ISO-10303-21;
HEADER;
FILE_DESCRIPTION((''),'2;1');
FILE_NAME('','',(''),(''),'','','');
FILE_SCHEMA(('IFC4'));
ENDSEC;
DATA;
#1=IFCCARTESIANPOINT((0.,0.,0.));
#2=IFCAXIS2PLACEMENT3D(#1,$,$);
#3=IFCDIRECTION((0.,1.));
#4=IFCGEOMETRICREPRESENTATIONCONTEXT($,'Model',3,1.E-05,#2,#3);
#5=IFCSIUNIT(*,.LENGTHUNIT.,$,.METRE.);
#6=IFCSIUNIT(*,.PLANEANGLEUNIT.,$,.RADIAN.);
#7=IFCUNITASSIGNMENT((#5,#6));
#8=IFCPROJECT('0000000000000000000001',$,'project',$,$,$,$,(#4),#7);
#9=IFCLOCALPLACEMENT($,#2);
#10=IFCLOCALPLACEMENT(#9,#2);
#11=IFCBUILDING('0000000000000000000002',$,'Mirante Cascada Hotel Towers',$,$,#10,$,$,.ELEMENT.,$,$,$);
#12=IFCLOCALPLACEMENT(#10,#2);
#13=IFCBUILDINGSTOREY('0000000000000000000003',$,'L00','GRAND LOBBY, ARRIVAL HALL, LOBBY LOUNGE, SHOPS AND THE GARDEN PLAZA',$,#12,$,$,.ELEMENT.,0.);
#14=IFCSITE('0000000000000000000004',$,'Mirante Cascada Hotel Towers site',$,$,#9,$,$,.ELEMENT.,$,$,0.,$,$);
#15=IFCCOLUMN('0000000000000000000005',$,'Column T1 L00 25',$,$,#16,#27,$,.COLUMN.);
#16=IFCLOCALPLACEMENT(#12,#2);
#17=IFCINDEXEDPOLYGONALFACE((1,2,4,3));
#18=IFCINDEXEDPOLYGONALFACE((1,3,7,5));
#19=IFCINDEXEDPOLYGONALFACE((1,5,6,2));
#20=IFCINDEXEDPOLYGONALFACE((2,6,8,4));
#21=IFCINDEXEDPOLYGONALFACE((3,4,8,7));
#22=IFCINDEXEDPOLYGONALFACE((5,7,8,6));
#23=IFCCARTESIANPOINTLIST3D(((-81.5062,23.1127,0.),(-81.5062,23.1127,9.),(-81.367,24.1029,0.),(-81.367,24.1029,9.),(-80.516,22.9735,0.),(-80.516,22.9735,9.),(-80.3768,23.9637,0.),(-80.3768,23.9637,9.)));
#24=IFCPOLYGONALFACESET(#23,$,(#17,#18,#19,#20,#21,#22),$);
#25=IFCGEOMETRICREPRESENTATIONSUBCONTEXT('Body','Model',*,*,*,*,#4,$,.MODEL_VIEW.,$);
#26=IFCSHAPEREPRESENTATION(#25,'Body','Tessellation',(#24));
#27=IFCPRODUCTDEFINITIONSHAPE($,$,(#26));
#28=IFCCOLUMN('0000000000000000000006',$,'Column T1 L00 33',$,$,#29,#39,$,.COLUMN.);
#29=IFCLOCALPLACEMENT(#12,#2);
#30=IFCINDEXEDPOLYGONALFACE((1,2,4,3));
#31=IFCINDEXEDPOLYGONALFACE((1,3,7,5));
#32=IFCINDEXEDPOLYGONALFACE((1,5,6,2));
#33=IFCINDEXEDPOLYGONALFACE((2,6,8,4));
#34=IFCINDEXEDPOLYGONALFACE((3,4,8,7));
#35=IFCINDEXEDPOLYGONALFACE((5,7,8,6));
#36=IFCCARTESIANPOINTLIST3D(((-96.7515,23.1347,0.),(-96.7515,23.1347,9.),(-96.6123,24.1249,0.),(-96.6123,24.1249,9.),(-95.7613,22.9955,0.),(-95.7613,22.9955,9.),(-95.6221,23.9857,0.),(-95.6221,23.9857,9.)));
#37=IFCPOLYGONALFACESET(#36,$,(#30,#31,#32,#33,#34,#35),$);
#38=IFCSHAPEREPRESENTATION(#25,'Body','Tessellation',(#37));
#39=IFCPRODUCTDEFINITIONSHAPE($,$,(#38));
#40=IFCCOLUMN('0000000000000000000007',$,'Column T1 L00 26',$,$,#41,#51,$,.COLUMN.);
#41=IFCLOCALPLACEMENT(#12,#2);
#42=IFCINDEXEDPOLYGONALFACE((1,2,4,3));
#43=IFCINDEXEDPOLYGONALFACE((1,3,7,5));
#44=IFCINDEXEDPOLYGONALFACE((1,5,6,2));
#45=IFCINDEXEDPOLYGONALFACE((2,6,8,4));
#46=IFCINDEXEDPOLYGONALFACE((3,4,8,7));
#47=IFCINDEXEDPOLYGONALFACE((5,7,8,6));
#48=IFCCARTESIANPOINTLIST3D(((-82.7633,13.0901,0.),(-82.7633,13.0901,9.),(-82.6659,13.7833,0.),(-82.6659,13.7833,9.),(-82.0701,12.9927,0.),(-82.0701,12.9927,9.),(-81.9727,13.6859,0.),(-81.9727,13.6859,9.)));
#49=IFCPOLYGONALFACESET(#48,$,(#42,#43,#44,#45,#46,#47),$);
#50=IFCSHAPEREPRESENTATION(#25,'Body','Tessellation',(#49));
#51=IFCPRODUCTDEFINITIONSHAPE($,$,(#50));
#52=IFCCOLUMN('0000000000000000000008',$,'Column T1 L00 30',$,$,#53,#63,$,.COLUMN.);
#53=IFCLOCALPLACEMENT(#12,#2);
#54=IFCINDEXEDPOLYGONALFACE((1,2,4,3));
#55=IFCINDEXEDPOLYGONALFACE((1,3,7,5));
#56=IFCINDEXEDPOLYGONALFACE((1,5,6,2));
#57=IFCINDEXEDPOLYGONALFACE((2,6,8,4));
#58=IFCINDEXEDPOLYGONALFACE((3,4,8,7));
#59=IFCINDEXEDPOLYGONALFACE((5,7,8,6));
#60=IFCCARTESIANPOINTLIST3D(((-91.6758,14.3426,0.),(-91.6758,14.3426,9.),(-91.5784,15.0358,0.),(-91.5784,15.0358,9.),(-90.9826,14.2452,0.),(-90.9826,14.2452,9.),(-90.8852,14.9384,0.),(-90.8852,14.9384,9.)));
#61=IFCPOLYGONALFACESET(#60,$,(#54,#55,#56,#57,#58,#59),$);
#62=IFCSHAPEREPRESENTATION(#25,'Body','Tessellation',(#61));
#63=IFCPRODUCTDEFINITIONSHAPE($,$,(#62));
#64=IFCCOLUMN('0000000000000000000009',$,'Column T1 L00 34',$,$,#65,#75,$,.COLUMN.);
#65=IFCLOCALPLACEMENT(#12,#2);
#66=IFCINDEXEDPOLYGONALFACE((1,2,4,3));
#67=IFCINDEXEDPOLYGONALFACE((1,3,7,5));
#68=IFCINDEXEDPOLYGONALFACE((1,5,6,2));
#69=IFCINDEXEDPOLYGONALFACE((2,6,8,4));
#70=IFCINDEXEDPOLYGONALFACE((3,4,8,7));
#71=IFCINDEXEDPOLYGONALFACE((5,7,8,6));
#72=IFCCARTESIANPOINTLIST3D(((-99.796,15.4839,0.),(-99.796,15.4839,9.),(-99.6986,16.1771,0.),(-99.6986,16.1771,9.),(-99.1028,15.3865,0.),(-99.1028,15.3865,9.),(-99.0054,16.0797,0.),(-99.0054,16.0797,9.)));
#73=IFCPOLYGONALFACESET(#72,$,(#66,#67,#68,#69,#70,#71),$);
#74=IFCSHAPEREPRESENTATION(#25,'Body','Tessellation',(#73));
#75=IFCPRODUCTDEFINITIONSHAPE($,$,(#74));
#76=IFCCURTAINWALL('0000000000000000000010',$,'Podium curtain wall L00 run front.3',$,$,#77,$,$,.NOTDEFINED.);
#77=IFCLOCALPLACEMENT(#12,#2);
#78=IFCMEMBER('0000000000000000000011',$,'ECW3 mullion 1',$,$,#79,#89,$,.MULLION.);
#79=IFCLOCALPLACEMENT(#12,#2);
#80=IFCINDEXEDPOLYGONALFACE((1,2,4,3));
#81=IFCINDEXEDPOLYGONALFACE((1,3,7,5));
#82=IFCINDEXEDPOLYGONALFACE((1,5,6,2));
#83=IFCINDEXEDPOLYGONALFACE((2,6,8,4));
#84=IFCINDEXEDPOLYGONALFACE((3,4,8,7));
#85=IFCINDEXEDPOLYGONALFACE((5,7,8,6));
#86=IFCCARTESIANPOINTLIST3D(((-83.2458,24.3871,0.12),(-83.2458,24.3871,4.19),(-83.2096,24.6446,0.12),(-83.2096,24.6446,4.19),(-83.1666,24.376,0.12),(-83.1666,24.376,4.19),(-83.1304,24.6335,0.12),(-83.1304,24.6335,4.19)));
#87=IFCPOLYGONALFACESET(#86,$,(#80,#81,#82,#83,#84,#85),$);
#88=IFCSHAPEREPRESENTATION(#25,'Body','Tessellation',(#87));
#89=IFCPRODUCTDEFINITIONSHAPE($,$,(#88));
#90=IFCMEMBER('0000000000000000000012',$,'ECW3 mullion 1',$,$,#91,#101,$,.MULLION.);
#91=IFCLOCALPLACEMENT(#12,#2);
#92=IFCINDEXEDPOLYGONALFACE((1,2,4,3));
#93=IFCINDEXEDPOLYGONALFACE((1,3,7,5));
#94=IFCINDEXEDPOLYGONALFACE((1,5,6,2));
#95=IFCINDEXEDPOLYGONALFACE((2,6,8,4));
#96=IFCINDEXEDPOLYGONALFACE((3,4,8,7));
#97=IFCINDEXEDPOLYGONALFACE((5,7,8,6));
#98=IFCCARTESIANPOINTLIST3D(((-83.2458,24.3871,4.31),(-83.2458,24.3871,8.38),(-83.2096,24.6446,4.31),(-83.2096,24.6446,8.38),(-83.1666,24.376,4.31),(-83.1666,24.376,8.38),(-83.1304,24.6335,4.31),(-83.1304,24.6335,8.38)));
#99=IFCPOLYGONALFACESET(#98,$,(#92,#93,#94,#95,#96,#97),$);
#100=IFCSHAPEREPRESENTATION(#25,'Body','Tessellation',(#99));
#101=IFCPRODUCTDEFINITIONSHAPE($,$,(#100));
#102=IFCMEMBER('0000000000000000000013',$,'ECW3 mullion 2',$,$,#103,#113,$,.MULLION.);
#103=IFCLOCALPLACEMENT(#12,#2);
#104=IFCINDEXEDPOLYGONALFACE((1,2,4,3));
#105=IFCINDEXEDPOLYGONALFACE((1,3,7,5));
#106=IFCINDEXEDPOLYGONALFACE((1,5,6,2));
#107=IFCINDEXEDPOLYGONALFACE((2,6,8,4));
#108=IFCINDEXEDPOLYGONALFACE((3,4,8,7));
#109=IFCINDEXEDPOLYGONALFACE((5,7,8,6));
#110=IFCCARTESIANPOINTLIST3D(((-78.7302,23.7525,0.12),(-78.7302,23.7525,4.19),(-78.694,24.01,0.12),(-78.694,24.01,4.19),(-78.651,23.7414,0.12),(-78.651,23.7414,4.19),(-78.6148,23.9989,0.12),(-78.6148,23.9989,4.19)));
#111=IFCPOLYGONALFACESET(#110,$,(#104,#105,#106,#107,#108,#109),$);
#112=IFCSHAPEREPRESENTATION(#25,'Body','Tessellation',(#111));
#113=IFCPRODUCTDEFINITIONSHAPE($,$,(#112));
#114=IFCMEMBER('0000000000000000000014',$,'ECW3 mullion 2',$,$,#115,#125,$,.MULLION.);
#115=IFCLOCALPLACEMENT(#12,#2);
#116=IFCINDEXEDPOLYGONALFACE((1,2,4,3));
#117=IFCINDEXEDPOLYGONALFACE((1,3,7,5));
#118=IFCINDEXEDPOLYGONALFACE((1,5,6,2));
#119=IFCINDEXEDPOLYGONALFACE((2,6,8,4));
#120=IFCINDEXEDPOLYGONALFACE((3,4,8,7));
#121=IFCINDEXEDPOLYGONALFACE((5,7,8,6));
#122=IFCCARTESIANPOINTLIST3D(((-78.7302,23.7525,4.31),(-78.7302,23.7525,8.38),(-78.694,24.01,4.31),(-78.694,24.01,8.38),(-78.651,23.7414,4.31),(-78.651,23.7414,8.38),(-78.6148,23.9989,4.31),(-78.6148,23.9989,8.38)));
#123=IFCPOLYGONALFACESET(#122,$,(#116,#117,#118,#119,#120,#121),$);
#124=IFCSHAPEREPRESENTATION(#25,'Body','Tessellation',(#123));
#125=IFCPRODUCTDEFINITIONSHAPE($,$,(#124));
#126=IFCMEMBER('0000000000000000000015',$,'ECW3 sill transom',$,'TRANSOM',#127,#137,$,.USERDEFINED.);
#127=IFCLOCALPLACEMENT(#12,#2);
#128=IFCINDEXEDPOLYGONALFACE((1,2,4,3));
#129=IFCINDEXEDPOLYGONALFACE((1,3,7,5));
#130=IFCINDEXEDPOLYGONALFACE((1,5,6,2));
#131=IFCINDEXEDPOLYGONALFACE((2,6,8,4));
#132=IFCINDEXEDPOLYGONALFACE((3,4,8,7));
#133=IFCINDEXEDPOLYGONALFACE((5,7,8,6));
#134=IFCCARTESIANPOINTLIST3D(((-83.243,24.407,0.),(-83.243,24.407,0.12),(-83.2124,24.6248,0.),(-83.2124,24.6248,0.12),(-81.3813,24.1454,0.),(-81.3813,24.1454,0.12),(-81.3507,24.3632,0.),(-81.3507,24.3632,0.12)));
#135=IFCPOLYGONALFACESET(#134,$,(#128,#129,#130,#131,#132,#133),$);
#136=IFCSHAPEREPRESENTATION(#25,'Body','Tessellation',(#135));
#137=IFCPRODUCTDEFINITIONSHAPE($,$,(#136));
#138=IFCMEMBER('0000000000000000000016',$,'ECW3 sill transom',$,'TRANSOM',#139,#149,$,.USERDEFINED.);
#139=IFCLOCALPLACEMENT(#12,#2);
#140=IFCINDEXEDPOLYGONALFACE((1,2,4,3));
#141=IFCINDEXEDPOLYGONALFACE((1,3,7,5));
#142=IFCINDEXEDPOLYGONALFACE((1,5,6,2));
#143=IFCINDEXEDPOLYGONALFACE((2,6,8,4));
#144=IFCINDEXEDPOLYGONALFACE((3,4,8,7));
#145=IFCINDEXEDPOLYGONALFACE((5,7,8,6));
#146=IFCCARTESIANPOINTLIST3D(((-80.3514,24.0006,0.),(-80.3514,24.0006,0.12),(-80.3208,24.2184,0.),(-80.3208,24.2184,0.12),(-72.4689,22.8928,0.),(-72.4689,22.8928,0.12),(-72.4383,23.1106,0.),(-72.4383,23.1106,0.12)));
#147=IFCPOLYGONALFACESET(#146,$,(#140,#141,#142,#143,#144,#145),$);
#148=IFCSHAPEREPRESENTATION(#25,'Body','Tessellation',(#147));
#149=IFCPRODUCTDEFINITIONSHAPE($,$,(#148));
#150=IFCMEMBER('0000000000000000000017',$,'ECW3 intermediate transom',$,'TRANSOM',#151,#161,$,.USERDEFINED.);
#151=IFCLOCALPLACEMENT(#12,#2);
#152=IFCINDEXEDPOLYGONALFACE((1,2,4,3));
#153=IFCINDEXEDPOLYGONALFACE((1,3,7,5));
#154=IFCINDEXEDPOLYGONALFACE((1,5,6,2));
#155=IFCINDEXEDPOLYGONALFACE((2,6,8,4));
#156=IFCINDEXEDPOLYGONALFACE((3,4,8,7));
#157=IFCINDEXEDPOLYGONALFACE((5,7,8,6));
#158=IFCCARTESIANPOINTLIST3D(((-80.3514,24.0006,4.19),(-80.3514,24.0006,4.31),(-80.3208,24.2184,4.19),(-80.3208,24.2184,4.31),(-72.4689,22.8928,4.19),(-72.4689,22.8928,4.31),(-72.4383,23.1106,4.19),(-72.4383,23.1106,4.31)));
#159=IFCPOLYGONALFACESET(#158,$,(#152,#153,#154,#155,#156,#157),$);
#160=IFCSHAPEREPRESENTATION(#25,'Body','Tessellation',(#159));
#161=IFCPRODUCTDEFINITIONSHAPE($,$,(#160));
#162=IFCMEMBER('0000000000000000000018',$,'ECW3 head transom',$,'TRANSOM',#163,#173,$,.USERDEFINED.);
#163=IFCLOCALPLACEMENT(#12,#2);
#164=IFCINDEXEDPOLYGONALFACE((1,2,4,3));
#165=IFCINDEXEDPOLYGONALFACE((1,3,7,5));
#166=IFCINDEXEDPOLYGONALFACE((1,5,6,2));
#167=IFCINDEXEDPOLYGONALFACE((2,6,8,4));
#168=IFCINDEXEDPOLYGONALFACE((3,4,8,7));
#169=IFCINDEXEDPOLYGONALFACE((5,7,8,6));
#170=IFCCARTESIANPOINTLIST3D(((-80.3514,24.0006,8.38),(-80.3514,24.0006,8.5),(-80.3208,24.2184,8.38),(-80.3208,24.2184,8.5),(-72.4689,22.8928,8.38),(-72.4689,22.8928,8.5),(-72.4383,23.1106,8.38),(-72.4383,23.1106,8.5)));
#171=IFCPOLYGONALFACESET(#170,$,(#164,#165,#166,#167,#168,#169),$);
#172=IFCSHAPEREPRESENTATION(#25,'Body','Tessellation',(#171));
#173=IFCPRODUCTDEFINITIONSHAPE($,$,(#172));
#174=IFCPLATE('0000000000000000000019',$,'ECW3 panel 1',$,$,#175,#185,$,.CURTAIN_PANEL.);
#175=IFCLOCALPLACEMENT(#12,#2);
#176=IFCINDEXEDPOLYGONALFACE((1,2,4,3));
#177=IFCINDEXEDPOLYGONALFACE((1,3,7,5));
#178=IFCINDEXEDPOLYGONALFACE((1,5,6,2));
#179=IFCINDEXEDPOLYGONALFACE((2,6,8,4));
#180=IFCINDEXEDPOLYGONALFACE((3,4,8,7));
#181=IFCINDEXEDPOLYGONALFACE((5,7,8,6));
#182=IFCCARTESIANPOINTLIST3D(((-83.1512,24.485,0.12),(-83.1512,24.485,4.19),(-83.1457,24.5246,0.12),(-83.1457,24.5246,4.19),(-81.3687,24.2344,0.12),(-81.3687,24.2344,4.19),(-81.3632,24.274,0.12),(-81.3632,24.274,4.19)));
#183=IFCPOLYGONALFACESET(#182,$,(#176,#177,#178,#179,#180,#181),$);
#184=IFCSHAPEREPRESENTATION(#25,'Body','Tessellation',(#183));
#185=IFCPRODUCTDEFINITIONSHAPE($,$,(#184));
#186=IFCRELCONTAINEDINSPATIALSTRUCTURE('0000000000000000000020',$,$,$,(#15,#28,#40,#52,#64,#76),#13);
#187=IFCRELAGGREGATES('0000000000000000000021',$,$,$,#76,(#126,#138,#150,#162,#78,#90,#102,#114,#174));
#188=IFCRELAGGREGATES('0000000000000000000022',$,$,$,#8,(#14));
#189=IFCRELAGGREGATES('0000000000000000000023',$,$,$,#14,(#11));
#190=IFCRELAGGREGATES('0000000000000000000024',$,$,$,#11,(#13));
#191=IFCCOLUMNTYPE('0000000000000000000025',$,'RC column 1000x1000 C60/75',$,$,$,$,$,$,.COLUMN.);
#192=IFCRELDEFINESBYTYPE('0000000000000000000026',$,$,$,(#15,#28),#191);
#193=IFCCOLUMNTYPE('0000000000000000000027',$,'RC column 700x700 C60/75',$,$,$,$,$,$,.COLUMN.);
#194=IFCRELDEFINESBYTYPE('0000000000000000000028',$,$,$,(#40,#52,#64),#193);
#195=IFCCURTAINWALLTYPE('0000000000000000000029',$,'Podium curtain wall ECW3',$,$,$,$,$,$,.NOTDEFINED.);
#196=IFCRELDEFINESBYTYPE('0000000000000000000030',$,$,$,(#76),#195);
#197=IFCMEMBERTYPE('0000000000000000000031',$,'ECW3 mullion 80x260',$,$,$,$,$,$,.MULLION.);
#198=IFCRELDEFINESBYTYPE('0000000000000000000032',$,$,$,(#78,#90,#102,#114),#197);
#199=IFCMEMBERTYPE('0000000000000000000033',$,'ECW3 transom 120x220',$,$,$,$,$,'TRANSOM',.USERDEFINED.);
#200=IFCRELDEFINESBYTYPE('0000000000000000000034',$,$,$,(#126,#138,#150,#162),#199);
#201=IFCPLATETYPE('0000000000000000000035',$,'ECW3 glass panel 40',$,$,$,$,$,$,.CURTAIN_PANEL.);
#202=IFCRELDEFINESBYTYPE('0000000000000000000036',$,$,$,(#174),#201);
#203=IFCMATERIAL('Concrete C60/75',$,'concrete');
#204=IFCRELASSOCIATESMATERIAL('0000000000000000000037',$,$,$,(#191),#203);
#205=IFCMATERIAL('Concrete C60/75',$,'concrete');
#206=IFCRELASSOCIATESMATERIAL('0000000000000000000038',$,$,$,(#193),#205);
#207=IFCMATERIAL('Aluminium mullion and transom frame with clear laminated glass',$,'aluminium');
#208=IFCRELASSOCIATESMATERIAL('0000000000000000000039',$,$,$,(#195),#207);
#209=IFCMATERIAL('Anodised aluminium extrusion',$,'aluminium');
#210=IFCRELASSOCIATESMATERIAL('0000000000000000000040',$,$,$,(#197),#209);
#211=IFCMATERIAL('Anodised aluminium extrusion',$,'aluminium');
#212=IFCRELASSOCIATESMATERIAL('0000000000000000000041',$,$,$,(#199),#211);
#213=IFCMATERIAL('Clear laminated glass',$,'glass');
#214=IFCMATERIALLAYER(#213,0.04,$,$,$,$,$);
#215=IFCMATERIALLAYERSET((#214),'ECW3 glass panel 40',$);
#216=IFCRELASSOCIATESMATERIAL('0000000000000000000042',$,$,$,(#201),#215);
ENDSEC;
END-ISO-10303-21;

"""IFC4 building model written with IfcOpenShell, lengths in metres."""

from ifc_helpers import new_model, si_unit, direction, frame, origin, origin_2d, place, context, subcontext, project, spatial, rectangle, extrude, material, layer, layer_set, material_profile, profile_set, type_object, element, aggregate, save


model = new_model("IFC4")

# Units and contexts
model_context = context("Model", 3, precision=1e-05, world=origin(), true_north=direction((0.0, 1.0)))
body_context = subcontext(model_context, "Body", "Model", "MODEL_VIEW")
ifc_project = project(units=[si_unit("LENGTHUNIT", "METRE"), si_unit("PLANEANGLEUNIT", "RADIAN")], contexts=[model_context])

# Site, building, storey
site_placement = place(None, origin())
site = spatial("IfcSite", under=ifc_project, at=site_placement, Name="Mirante Cascada Hotel Towers site", CompositionType="ELEMENT", RefElevation=0.0)
building_placement = place(site_placement, origin())
building = spatial("IfcBuilding", under=site, at=building_placement, Name="Mirante Cascada Hotel Towers", CompositionType="ELEMENT")
storey_placement = place(building_placement, origin())
storey = spatial("IfcBuildingStorey", under=building, at=storey_placement, Name="L00", Description="GRAND LOBBY, ARRIVAL HALL, LOBBY LOUNGE, SHOPS AND THE GARDEN PLAZA", CompositionType="ELEMENT", Elevation=0.0)

# Columns
ifc_material_1 = material(Name="Concrete C60/75", Category="concrete")
ifc_material_profile_1 = material_profile(ifc_material_1, rectangle(XDim=1.0, YDim=1.0, at=origin_2d()), Name="RC column 1000x1000 C60/75")
ifc_profile_set_1 = profile_set([ifc_material_profile_1], Name="Concrete C60/75")
column_type_1 = type_object("IfcColumnType", Name="RC column 1000x1000 C60/75", PredefinedType="COLUMN", material=ifc_profile_set_1)
for number, where, z_axis, x_axis, name in (
    (1, (-80.9415, 23.5382, 0.0), (0.0, 0.0, 1.0), (-0.990268, 0.139173, 0.0), "Column T1 L00 25"),
    (2, (-96.1868, 23.5602, 0.0), (0.0, 0.0, 1.0), (-0.990268, 0.139173, 0.0), "Column T1 L00 33"),
):
    element("IfcColumn", number, at=place(storey_placement, frame(where, z_axis=z_axis, x_axis=x_axis)), inside=storey, type_object=column_type_1, Name=name, PredefinedType="COLUMN", context=body_context, shape_type="SweptSolid", body=[
        extrude(rectangle(XDim=1.0, YDim=1.0, at=origin_2d()), origin(), (0.0, 0.0, 1.0), 9.0),
    ])
ifc_material_2 = material(Name="Concrete C60/75", Category="concrete")
ifc_material_profile_2 = material_profile(ifc_material_2, rectangle(XDim=0.7, YDim=0.7, at=origin_2d()), Name="RC column 700x700 C60/75")
ifc_profile_set_2 = profile_set([ifc_material_profile_2], Name="Concrete C60/75")
column_type_2 = type_object("IfcColumnType", Name="RC column 700x700 C60/75", PredefinedType="COLUMN", material=ifc_profile_set_2)
for number, where, z_axis, x_axis, name in (
    (3, (-82.368, 13.388, 0.0), (0.0, 0.0, 1.0), (-0.990268, 0.139173, 0.0), "Column T1 L00 26"),
    (4, (-91.2805, 14.6405, 0.0), (0.0, 0.0, 1.0), (-0.990268, 0.139173, 0.0), "Column T1 L00 30"),
    (5, (-99.4007, 15.7818, 0.0), (0.0, 0.0, 1.0), (-0.990268, 0.139173, 0.0), "Column T1 L00 34"),
):
    element("IfcColumn", number, at=place(storey_placement, frame(where, z_axis=z_axis, x_axis=x_axis)), inside=storey, type_object=column_type_2, Name=name, PredefinedType="COLUMN", context=body_context, shape_type="SweptSolid", body=[
        extrude(rectangle(XDim=0.7, YDim=0.7, at=origin_2d()), origin(), (0.0, 0.0, 1.0), 9.0),
    ])

# Curtain wall, members, plate
ifc_material_3 = material(Name="Aluminium mullion and transom frame with clear laminated glass", Category="aluminium")
curtain_wall_type = type_object("IfcCurtainWallType", Name="Podium curtain wall ECW3", PredefinedType="NOTDEFINED", material=ifc_material_3)
curtain_wall_placement = place(storey_placement, origin())
curtain_wall = element("IfcCurtainWall", 6, at=curtain_wall_placement, inside=storey, type_object=curtain_wall_type, Name="Podium curtain wall L00 run front.3", PredefinedType="NOTDEFINED")
ifc_material_4 = material(Name="Anodised aluminium extrusion", Category="aluminium")
ifc_material_profile_3 = material_profile(ifc_material_4, rectangle(XDim=0.26, YDim=0.08, at=origin_2d()), Name="ECW3 MULLION 80x260")
ifc_profile_set_3 = profile_set([ifc_material_profile_3], Name="Anodised aluminium extrusion")
member_type_1 = type_object("IfcMemberType", Name="ECW3 mullion 80x260", PredefinedType="MULLION", material=ifc_profile_set_3)
member_1_placement = place(storey_placement, frame((-83.1881, 24.5103, 0.12), z_axis=(0.0, 0.0, 1.0), x_axis=(0.139173, 0.990268, 0.0)))
member_1 = element("IfcMember", 7, at=member_1_placement, type_object=member_type_1, Name="ECW3 mullion 1", PredefinedType="MULLION", context=body_context, shape_type="SweptSolid", body=[
    extrude(rectangle(XDim=0.26, YDim=0.08, at=origin_2d()), origin(), (0.0, 0.0, 1.0), 4.07),
])
member_2_placement = place(storey_placement, frame((-83.1881, 24.5103, 4.31), z_axis=(0.0, 0.0, 1.0), x_axis=(0.139173, 0.990268, 0.0)))
member_2 = element("IfcMember", 8, at=member_2_placement, type_object=member_type_1, Name="ECW3 mullion 1", PredefinedType="MULLION", context=body_context, shape_type="SweptSolid", body=[
    extrude(rectangle(XDim=0.26, YDim=0.08, at=origin_2d()), origin(), (0.0, 0.0, 1.0), 4.07),
])
member_3_placement = place(storey_placement, frame((-78.6725, 23.8757, 0.12), z_axis=(0.0, 0.0, 1.0), x_axis=(0.139173, 0.990268, 0.0)))
member_3 = element("IfcMember", 9, at=member_3_placement, type_object=member_type_1, Name="ECW3 mullion 2", PredefinedType="MULLION", context=body_context, shape_type="SweptSolid", body=[
    extrude(rectangle(XDim=0.26, YDim=0.08, at=origin_2d()), origin(), (0.0, 0.0, 1.0), 4.07),
])
member_4_placement = place(storey_placement, frame((-78.6725, 23.8757, 4.31), z_axis=(0.0, 0.0, 1.0), x_axis=(0.139173, 0.990268, 0.0)))
member_4 = element("IfcMember", 10, at=member_4_placement, type_object=member_type_1, Name="ECW3 mullion 2", PredefinedType="MULLION", context=body_context, shape_type="SweptSolid", body=[
    extrude(rectangle(XDim=0.26, YDim=0.08, at=origin_2d()), origin(), (0.0, 0.0, 1.0), 4.07),
])
ifc_material_5 = material(Name="Anodised aluminium extrusion", Category="aluminium")
ifc_material_profile_4 = material_profile(ifc_material_5, rectangle(XDim=0.22, YDim=0.12, at=origin_2d()), Name="ECW3 TRANSOM 120x220")
ifc_profile_set_4 = profile_set([ifc_material_profile_4], Name="Anodised aluminium extrusion")
member_type_2 = type_object("IfcMemberType", Name="ECW3 transom 120x220", ElementType="TRANSOM", PredefinedType="USERDEFINED", material=ifc_profile_set_4)
member_5_placement = place(storey_placement, frame((-83.2277, 24.5159, 0.06), z_axis=(0.990271, -0.13915, 0.0), x_axis=(0.13915, 0.990271, 0.0)))
member_5 = element("IfcMember", 11, at=member_5_placement, type_object=member_type_2, Name="ECW3 sill transom", ObjectType="TRANSOM", PredefinedType="USERDEFINED", context=body_context, shape_type="SweptSolid", body=[
    extrude(rectangle(XDim=0.22, YDim=0.12, at=origin_2d()), origin(), (0.0, 0.0, 1.0), 1.88),
])
member_6_placement = place(storey_placement, frame((-80.3361, 24.1095, 0.06), z_axis=(0.990268, -0.139172, 0.0), x_axis=(0.139172, 0.990268, 0.0)))
member_6 = element("IfcMember", 12, at=member_6_placement, type_object=member_type_2, Name="ECW3 sill transom", ObjectType="TRANSOM", PredefinedType="USERDEFINED", context=body_context, shape_type="SweptSolid", body=[
    extrude(rectangle(XDim=0.22, YDim=0.12, at=origin_2d()), origin(), (0.0, 0.0, 1.0), 7.96),
])
member_7_placement = place(storey_placement, frame((-80.3361, 24.1095, 4.25), z_axis=(0.990268, -0.139172, 0.0), x_axis=(0.139172, 0.990268, 0.0)))
member_7 = element("IfcMember", 13, at=member_7_placement, type_object=member_type_2, Name="ECW3 intermediate transom", ObjectType="TRANSOM", PredefinedType="USERDEFINED", context=body_context, shape_type="SweptSolid", body=[
    extrude(rectangle(XDim=0.22, YDim=0.12, at=origin_2d()), origin(), (0.0, 0.0, 1.0), 7.96),
])
member_8_placement = place(storey_placement, frame((-80.3361, 24.1095, 8.44), z_axis=(0.990268, -0.139172, 0.0), x_axis=(0.139172, 0.990268, 0.0)))
member_8 = element("IfcMember", 14, at=member_8_placement, type_object=member_type_2, Name="ECW3 head transom", ObjectType="TRANSOM", PredefinedType="USERDEFINED", context=body_context, shape_type="SweptSolid", body=[
    extrude(rectangle(XDim=0.22, YDim=0.12, at=origin_2d()), origin(), (0.0, 0.0, 1.0), 7.96),
])
ifc_material_6 = material(Name="Clear laminated glass", Category="glass")
ifc_layer_1 = layer(ifc_material_6, 0.04)
ifc_layer_set_1 = layer_set([ifc_layer_1], Name="ECW3 glass panel 40")
plate_type = type_object("IfcPlateType", Name="ECW3 glass panel 40", PredefinedType="CURTAIN_PANEL", material=ifc_layer_set_1)
plate_1_placement = place(storey_placement, frame((-82.2572, 24.3795, 0.12), z_axis=(0.0, 0.0, 1.0), x_axis=(0.990268, -0.139173, 0.0)))
plate_1 = element("IfcPlate", 15, at=plate_1_placement, type_object=plate_type, Name="ECW3 panel 1", PredefinedType="CURTAIN_PANEL", context=body_context, shape_type="SweptSolid", body=[
    extrude(rectangle(XDim=1.8, YDim=0.04, at=origin_2d()), origin(), (0.0, 0.0, 1.0), 4.07),
])
aggregate(curtain_wall, [member_5, member_6, member_7, member_8, member_1, member_2, member_3, member_4, plate_1])

save(model, "model.ifc")
